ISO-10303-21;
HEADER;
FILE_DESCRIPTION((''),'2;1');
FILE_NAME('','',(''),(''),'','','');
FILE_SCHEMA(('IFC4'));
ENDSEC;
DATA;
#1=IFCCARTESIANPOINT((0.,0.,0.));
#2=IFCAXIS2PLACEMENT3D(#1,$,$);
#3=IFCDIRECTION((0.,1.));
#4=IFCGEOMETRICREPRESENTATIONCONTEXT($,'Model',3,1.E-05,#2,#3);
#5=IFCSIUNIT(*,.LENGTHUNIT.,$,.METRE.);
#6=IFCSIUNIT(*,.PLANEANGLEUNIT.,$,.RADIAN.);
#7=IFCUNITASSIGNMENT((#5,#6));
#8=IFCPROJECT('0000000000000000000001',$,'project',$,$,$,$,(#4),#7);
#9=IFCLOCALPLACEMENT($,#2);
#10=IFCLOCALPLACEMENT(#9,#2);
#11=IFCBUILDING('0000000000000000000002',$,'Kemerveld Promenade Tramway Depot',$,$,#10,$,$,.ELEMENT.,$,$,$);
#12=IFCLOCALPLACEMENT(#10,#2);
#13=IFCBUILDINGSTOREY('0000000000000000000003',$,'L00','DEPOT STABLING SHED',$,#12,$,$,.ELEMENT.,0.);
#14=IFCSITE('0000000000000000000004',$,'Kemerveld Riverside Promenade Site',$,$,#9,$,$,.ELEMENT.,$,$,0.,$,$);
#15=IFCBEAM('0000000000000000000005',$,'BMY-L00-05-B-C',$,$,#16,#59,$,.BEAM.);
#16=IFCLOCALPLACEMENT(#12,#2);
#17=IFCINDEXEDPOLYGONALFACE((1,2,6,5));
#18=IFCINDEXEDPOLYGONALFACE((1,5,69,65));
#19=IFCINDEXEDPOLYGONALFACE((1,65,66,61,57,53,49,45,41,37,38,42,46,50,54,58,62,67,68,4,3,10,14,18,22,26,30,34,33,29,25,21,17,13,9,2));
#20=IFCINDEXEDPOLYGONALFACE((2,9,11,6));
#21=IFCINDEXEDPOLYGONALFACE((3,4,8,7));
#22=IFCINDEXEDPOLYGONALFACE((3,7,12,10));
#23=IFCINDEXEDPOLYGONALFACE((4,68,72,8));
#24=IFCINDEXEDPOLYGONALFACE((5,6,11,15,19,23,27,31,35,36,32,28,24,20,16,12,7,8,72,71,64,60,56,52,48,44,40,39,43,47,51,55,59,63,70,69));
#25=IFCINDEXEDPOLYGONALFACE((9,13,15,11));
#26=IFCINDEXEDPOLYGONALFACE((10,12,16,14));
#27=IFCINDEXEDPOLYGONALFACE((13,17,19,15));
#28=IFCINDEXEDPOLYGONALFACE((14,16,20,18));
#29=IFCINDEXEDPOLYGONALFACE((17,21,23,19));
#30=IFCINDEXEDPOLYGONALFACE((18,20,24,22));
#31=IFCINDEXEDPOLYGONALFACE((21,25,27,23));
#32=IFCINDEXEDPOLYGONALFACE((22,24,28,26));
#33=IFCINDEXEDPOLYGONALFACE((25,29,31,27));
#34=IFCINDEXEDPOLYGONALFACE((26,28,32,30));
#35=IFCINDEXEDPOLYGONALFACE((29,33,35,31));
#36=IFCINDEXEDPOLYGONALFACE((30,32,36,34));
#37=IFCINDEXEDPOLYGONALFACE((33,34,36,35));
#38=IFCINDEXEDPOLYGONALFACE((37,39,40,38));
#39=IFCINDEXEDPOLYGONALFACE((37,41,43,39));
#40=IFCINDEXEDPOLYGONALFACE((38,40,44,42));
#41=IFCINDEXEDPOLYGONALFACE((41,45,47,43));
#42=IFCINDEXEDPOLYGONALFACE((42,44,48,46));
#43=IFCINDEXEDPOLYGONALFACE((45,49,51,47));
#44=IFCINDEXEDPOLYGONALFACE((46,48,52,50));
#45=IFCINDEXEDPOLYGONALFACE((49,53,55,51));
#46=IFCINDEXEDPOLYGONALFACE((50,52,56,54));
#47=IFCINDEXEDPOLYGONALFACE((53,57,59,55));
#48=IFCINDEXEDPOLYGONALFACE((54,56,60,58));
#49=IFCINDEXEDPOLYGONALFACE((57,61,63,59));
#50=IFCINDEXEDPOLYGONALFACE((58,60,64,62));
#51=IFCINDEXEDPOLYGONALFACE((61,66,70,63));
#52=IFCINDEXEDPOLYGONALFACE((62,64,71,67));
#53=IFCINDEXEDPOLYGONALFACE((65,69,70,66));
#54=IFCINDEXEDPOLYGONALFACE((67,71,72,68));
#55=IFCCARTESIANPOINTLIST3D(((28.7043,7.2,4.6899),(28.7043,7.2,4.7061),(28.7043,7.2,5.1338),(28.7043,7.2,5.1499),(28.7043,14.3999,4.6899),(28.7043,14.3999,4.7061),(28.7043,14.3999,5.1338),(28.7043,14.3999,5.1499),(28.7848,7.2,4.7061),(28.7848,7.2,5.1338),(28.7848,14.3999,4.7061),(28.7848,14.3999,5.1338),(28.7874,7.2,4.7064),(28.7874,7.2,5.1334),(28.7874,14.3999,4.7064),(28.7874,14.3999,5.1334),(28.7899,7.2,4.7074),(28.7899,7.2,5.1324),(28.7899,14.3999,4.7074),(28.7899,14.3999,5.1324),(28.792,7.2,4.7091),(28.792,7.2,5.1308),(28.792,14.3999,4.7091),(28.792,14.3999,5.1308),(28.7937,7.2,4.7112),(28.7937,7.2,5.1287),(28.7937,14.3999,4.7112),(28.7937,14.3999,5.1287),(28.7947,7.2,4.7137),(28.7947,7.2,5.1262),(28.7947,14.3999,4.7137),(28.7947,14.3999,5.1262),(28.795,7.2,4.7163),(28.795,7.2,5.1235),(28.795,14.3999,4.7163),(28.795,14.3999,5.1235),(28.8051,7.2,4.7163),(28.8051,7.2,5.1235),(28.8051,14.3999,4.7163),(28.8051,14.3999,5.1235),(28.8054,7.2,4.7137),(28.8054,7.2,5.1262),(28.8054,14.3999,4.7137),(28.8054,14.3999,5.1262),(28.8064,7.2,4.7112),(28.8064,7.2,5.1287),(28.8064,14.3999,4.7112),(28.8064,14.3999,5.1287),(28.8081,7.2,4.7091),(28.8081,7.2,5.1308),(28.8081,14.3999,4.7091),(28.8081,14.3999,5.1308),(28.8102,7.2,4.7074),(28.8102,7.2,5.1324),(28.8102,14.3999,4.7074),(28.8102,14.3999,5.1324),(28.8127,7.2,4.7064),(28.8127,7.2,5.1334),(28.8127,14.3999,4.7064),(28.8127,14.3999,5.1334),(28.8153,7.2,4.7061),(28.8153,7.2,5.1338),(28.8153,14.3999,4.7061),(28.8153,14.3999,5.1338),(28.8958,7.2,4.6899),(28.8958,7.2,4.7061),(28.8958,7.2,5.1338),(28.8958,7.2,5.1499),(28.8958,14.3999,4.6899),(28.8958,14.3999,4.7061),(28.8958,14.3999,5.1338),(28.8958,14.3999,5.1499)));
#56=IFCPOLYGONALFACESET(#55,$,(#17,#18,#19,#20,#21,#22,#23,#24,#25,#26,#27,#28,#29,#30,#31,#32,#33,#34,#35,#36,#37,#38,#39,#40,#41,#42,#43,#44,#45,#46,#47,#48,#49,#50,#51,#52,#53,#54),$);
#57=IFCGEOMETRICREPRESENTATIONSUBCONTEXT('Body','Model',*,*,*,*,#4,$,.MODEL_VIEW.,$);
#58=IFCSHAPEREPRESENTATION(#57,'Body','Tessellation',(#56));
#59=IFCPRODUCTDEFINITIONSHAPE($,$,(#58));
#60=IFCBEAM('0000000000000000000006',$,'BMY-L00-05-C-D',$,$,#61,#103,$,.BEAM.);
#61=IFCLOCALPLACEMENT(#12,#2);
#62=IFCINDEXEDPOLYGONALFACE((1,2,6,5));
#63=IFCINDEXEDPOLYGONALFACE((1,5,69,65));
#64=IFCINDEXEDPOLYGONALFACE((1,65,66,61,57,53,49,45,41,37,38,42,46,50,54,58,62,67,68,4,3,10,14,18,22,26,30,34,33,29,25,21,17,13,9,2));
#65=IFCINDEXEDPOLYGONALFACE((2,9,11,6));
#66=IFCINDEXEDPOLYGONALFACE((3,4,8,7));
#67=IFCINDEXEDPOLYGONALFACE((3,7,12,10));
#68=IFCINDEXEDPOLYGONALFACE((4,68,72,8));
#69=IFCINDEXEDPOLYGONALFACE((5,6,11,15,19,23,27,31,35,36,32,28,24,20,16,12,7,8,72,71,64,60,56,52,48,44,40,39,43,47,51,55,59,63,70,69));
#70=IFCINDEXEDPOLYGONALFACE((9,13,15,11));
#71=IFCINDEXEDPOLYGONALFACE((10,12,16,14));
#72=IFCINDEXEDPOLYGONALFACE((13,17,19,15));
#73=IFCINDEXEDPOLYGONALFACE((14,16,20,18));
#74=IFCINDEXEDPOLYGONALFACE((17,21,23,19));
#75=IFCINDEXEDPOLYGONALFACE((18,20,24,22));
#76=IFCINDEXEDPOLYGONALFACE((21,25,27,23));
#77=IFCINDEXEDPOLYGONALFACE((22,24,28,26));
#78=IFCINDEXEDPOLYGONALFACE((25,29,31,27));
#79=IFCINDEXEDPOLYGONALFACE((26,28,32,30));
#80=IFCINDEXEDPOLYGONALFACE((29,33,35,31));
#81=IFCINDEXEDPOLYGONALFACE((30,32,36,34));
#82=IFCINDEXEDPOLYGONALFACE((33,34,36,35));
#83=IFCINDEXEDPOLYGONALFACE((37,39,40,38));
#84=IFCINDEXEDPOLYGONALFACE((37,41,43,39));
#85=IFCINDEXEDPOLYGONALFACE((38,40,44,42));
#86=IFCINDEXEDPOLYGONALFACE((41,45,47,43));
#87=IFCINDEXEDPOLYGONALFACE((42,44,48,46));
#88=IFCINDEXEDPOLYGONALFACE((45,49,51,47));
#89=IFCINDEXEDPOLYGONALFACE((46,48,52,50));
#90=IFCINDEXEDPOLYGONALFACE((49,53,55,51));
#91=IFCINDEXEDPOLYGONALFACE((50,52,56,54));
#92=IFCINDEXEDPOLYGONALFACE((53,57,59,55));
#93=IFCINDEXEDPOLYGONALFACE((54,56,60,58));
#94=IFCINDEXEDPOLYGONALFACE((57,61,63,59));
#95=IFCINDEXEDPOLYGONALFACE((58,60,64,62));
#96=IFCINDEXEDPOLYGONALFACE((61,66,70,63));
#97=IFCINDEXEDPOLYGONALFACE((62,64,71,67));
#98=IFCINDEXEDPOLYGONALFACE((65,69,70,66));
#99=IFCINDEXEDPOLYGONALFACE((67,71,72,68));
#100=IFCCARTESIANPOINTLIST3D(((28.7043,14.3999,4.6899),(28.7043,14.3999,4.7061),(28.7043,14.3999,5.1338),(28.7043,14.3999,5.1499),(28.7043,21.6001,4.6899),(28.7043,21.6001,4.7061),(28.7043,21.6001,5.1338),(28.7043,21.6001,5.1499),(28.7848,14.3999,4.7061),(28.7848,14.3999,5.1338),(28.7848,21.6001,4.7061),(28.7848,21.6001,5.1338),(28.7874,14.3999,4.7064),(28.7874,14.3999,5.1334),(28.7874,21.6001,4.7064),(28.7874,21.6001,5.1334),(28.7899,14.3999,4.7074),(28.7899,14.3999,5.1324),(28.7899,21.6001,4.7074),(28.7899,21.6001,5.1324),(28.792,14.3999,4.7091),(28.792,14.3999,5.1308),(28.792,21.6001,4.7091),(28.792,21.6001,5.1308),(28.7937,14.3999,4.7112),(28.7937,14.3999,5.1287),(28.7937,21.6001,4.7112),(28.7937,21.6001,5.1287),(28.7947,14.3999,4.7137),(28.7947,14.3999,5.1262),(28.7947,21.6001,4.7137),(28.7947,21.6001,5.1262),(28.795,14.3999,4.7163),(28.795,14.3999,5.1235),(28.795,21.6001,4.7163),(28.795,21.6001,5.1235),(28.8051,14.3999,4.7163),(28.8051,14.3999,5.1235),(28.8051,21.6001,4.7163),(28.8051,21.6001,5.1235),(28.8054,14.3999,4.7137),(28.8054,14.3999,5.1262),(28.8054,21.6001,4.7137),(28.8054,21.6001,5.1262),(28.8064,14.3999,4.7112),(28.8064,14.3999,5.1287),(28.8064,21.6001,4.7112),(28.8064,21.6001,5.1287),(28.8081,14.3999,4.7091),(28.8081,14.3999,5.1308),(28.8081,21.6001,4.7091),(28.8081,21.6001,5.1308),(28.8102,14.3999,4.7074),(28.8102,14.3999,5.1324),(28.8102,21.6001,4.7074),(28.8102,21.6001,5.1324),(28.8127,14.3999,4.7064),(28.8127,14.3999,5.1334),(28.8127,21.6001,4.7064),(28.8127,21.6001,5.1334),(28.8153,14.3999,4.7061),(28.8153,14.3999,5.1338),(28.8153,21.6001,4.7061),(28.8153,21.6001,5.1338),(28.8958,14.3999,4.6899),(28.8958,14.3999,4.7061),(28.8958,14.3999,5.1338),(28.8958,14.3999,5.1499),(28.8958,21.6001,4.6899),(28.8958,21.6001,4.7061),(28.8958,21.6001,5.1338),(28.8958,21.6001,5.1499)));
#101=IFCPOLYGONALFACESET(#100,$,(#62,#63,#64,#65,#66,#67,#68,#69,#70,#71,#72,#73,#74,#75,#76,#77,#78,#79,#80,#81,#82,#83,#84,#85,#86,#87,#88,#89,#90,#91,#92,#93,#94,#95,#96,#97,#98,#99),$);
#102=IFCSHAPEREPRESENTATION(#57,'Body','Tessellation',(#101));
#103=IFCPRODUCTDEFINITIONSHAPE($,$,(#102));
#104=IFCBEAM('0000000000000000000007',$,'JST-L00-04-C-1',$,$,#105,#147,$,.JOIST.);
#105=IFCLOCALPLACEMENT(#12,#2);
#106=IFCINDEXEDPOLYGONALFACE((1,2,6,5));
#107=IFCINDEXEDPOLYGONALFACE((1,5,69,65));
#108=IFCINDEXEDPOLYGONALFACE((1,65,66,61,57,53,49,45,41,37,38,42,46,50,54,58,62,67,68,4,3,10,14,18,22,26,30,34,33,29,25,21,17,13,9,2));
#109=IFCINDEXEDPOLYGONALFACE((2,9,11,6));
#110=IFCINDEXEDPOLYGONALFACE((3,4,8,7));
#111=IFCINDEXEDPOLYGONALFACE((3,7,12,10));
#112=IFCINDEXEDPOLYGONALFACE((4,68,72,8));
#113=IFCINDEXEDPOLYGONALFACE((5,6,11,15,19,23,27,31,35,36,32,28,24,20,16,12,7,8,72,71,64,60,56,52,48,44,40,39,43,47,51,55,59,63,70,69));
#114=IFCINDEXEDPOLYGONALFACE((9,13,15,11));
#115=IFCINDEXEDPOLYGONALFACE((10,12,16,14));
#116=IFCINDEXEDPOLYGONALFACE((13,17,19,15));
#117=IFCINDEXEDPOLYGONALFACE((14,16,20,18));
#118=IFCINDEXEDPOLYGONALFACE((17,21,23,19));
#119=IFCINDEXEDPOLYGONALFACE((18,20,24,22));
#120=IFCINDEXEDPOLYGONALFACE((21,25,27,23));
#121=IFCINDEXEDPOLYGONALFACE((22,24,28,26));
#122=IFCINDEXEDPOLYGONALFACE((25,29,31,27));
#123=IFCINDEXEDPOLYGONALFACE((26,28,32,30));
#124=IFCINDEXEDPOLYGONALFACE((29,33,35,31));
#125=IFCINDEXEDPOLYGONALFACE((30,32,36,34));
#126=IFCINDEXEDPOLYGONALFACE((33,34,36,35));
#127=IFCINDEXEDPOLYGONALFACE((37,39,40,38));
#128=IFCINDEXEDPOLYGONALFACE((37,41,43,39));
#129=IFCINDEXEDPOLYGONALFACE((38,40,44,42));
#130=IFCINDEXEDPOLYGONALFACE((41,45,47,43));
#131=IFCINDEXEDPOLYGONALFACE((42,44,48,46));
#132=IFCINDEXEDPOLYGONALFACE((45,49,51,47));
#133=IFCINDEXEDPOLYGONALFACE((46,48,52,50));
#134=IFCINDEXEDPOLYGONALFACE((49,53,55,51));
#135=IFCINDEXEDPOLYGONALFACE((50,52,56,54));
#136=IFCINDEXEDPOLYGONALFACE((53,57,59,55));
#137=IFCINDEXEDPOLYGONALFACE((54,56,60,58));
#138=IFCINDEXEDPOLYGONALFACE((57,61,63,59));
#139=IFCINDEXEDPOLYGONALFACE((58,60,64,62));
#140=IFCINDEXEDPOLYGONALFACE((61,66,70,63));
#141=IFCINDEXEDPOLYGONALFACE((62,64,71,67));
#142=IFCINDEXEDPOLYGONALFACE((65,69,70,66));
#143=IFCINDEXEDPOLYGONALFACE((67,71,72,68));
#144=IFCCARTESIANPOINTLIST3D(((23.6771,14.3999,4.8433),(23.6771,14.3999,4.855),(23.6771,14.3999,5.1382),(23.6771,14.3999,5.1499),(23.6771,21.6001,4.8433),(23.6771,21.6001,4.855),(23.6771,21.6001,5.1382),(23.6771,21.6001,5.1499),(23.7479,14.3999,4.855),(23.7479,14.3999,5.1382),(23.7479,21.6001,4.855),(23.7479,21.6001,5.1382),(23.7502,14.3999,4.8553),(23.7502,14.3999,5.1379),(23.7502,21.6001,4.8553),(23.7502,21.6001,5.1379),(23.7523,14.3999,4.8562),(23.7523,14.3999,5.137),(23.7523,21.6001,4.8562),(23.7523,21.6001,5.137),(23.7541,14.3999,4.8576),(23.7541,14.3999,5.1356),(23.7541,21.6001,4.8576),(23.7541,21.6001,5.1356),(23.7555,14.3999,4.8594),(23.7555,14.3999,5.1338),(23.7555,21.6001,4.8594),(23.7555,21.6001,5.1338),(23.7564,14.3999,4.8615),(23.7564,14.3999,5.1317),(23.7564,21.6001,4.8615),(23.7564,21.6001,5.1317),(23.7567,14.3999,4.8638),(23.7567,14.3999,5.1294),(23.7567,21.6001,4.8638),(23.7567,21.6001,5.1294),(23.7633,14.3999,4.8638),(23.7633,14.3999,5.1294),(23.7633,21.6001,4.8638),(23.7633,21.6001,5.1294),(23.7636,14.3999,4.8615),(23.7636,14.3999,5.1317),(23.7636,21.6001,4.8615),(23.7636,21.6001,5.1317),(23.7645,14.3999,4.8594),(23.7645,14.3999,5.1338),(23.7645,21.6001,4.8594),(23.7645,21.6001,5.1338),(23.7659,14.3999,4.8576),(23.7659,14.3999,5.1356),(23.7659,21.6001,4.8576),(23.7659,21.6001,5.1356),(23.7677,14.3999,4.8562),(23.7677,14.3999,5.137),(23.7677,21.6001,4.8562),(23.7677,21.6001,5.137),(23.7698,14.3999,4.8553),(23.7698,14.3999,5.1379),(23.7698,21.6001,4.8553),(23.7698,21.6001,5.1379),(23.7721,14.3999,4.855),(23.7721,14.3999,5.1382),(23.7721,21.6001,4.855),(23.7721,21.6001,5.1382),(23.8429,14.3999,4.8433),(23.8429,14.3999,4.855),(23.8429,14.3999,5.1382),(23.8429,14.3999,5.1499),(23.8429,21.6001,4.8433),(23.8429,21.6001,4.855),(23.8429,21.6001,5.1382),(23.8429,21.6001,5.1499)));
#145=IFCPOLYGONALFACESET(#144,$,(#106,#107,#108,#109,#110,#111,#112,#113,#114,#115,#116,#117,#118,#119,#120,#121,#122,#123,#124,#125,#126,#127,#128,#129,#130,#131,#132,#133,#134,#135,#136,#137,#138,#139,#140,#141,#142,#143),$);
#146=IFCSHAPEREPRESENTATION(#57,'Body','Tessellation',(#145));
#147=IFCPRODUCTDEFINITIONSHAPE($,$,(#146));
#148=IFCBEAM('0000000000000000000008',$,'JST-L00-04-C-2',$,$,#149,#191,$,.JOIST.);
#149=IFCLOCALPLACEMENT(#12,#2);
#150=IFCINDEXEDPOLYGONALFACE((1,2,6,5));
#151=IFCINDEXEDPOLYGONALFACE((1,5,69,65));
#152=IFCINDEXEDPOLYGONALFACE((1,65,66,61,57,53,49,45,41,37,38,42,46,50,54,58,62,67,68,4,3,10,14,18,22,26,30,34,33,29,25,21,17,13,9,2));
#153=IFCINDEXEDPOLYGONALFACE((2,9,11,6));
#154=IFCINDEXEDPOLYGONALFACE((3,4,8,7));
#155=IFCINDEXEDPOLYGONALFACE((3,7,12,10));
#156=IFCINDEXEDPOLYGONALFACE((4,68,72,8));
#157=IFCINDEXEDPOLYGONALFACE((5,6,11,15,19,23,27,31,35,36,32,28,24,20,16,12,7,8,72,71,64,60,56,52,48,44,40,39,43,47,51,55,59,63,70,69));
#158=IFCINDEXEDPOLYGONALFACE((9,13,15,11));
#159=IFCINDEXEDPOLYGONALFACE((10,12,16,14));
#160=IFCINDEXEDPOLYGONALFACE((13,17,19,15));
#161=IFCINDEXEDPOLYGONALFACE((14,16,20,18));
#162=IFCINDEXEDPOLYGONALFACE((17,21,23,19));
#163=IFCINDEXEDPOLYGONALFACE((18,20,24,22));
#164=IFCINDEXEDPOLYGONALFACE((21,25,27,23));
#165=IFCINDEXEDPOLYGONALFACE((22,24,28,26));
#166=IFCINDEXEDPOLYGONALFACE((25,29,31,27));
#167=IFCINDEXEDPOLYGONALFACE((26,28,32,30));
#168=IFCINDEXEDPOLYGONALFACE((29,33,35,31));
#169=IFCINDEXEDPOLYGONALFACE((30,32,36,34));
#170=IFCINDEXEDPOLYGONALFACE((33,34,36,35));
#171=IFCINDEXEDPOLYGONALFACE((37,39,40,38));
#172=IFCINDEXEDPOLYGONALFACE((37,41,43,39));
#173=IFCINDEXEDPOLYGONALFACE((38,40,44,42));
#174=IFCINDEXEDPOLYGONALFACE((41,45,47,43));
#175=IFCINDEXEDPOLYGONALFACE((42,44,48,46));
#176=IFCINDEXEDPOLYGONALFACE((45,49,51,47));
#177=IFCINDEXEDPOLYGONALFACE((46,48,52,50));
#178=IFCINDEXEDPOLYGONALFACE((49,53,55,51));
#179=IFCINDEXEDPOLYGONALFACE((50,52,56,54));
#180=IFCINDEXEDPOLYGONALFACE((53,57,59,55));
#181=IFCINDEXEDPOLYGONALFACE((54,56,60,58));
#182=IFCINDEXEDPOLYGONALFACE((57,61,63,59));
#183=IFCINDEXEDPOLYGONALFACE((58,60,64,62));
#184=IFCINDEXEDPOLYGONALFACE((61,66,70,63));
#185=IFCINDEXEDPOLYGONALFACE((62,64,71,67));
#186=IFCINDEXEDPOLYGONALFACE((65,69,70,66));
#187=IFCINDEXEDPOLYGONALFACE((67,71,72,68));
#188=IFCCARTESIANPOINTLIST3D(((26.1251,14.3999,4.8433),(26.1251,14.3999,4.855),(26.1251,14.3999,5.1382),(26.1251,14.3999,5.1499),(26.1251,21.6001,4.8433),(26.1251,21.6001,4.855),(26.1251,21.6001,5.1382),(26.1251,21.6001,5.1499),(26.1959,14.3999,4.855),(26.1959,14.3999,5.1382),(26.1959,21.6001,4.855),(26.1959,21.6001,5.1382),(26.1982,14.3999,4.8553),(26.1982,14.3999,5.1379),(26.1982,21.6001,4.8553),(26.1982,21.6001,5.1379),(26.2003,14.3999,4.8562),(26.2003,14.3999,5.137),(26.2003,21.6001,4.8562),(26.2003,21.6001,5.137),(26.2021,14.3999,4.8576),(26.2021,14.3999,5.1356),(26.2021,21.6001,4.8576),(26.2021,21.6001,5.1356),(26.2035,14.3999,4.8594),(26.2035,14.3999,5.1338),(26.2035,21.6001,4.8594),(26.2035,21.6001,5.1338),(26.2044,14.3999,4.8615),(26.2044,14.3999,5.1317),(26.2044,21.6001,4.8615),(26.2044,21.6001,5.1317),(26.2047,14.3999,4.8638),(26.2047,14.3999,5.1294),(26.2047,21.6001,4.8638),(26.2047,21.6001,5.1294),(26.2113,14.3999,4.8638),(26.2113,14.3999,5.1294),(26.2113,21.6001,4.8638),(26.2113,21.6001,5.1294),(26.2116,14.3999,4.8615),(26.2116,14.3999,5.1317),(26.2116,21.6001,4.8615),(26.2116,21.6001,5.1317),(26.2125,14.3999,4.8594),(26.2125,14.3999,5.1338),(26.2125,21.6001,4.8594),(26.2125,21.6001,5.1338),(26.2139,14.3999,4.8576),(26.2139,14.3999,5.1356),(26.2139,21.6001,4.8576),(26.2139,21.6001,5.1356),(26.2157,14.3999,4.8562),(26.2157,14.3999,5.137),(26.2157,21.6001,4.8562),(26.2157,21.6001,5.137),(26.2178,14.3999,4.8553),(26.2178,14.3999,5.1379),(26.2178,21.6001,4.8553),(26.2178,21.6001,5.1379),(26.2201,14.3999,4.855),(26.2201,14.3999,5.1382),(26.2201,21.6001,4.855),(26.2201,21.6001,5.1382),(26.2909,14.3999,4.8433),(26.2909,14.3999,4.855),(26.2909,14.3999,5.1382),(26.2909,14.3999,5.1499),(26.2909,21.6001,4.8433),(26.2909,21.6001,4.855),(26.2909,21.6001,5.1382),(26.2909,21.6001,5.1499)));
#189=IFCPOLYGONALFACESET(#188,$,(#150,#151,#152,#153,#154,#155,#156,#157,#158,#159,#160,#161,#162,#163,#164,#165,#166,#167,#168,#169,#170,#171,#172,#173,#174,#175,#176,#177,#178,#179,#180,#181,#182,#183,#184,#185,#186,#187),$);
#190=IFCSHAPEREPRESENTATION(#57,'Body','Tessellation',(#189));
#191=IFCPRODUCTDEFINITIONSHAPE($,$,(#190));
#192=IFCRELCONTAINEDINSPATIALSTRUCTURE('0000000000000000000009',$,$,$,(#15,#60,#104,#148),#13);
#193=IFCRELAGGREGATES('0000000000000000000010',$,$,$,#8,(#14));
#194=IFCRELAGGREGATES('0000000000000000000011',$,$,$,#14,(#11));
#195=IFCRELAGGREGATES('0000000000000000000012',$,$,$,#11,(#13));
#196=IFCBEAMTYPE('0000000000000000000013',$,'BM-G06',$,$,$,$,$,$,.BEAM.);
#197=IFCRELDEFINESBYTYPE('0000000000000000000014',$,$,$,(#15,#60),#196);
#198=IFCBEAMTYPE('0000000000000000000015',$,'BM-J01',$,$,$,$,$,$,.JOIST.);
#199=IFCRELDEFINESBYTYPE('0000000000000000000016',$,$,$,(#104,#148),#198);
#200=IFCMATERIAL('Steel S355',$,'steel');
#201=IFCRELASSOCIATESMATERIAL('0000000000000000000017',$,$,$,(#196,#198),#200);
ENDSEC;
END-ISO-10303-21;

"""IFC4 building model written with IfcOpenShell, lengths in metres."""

from ifc_helpers import new_model, si_unit, direction, frame, origin, origin_2d, place, context, subcontext, project, spatial, i_section, extrude, material, material_profile, profile_set, type_object, element, save


model = new_model("IFC4")

# Units and contexts
model_context = context("Model", 3, precision=1e-05, world=origin(), true_north=direction((0.0, 1.0)))
body_context = subcontext(model_context, "Body", "Model", "MODEL_VIEW")
ifc_project = project(units=[si_unit("LENGTHUNIT", "METRE"), si_unit("PLANEANGLEUNIT", "RADIAN")], contexts=[model_context])

# Site, building, storey
site_placement = place(None, origin())
site = spatial("IfcSite", under=ifc_project, at=site_placement, Name="Kemerveld Riverside Promenade Site", CompositionType="ELEMENT", RefElevation=0.0)
building_placement = place(site_placement, origin())
building = spatial("IfcBuilding", under=site, at=building_placement, Name="Kemerveld Promenade Tramway Depot", CompositionType="ELEMENT")
storey_placement = place(building_placement, origin())
storey = spatial("IfcBuildingStorey", under=building, at=storey_placement, Name="L00", Description="DEPOT STABLING SHED", CompositionType="ELEMENT", Elevation=0.0)

# Shared definitions
ifc_material_1 = material(Name="Steel S355", Category="steel")

# Beams
ifc_material_profile_1 = material_profile(ifc_material_1, i_section(OverallWidth=0.1914, OverallDepth=0.46, WebThickness=0.01, FlangeThickness=0.0161, FilletRadius=0.0103, at=origin_2d()), Name="457x191x82 UB")
ifc_profile_set_1 = profile_set([ifc_material_profile_1], Name="Steel S355")
beam_type_1 = type_object("IfcBeamType", Name="BM-G06", PredefinedType="BEAM", material=ifc_profile_set_1)
beam_1_placement = place(storey_placement, frame((28.8, 7.2, 4.9199), z_axis=(0.0, 1.0, 0.0), x_axis=(-1.0, 0.0, 0.0)))
element("IfcBeam", 1, at=beam_1_placement, inside=storey, type_object=beam_type_1, Name="BMY-L00-05-B-C", PredefinedType="BEAM", context=body_context, shape_type="SweptSolid", body=[
    extrude(i_section(OverallWidth=0.1914, OverallDepth=0.46, WebThickness=0.01, FlangeThickness=0.0161, FilletRadius=0.0103, at=origin_2d()), origin(), (0.0, 0.0, 1.0), 7.2),
])
beam_2_placement = place(storey_placement, frame((28.8, 14.3999, 4.9199), z_axis=(0.0, 1.0, 0.0), x_axis=(-1.0, 0.0, 0.0)))
element("IfcBeam", 2, at=beam_2_placement, inside=storey, type_object=beam_type_1, Name="BMY-L00-05-C-D", PredefinedType="BEAM", context=body_context, shape_type="SweptSolid", body=[
    extrude(i_section(OverallWidth=0.1914, OverallDepth=0.46, WebThickness=0.01, FlangeThickness=0.0161, FilletRadius=0.0103, at=origin_2d()), origin(), (0.0, 0.0, 1.0), 7.2002),
])
ifc_material_profile_2 = material_profile(ifc_material_1, i_section(OverallWidth=0.1658, OverallDepth=0.3066, WebThickness=0.0066, FlangeThickness=0.0117, FilletRadius=0.0088, at=origin_2d()), Name="305x165x46 UB")
ifc_profile_set_2 = profile_set([ifc_material_profile_2], Name="Steel S355")
beam_type_2 = type_object("IfcBeamType", Name="BM-J01", PredefinedType="JOIST", material=ifc_profile_set_2)
for number, where, z_axis, x_axis, name in (
    (3, (23.76, 14.3999, 4.9966), (0.0, 1.0, 0.0), (-1.0, 0.0, 0.0), "JST-L00-04-C-1"),
    (4, (26.208, 14.3999, 4.9966), (0.0, 1.0, 0.0), (-1.0, 0.0, 0.0), "JST-L00-04-C-2"),
):
    element("IfcBeam", number, at=place(storey_placement, frame(where, z_axis=z_axis, x_axis=x_axis)), inside=storey, type_object=beam_type_2, Name=name, PredefinedType="JOIST", context=body_context, shape_type="SweptSolid", body=[
        extrude(i_section(OverallWidth=0.1658, OverallDepth=0.3066, WebThickness=0.0066, FlangeThickness=0.0117, FilletRadius=0.0088, at=origin_2d()), origin(), (0.0, 0.0, 1.0), 7.2002),
    ])

save(model, "model.ifc")
